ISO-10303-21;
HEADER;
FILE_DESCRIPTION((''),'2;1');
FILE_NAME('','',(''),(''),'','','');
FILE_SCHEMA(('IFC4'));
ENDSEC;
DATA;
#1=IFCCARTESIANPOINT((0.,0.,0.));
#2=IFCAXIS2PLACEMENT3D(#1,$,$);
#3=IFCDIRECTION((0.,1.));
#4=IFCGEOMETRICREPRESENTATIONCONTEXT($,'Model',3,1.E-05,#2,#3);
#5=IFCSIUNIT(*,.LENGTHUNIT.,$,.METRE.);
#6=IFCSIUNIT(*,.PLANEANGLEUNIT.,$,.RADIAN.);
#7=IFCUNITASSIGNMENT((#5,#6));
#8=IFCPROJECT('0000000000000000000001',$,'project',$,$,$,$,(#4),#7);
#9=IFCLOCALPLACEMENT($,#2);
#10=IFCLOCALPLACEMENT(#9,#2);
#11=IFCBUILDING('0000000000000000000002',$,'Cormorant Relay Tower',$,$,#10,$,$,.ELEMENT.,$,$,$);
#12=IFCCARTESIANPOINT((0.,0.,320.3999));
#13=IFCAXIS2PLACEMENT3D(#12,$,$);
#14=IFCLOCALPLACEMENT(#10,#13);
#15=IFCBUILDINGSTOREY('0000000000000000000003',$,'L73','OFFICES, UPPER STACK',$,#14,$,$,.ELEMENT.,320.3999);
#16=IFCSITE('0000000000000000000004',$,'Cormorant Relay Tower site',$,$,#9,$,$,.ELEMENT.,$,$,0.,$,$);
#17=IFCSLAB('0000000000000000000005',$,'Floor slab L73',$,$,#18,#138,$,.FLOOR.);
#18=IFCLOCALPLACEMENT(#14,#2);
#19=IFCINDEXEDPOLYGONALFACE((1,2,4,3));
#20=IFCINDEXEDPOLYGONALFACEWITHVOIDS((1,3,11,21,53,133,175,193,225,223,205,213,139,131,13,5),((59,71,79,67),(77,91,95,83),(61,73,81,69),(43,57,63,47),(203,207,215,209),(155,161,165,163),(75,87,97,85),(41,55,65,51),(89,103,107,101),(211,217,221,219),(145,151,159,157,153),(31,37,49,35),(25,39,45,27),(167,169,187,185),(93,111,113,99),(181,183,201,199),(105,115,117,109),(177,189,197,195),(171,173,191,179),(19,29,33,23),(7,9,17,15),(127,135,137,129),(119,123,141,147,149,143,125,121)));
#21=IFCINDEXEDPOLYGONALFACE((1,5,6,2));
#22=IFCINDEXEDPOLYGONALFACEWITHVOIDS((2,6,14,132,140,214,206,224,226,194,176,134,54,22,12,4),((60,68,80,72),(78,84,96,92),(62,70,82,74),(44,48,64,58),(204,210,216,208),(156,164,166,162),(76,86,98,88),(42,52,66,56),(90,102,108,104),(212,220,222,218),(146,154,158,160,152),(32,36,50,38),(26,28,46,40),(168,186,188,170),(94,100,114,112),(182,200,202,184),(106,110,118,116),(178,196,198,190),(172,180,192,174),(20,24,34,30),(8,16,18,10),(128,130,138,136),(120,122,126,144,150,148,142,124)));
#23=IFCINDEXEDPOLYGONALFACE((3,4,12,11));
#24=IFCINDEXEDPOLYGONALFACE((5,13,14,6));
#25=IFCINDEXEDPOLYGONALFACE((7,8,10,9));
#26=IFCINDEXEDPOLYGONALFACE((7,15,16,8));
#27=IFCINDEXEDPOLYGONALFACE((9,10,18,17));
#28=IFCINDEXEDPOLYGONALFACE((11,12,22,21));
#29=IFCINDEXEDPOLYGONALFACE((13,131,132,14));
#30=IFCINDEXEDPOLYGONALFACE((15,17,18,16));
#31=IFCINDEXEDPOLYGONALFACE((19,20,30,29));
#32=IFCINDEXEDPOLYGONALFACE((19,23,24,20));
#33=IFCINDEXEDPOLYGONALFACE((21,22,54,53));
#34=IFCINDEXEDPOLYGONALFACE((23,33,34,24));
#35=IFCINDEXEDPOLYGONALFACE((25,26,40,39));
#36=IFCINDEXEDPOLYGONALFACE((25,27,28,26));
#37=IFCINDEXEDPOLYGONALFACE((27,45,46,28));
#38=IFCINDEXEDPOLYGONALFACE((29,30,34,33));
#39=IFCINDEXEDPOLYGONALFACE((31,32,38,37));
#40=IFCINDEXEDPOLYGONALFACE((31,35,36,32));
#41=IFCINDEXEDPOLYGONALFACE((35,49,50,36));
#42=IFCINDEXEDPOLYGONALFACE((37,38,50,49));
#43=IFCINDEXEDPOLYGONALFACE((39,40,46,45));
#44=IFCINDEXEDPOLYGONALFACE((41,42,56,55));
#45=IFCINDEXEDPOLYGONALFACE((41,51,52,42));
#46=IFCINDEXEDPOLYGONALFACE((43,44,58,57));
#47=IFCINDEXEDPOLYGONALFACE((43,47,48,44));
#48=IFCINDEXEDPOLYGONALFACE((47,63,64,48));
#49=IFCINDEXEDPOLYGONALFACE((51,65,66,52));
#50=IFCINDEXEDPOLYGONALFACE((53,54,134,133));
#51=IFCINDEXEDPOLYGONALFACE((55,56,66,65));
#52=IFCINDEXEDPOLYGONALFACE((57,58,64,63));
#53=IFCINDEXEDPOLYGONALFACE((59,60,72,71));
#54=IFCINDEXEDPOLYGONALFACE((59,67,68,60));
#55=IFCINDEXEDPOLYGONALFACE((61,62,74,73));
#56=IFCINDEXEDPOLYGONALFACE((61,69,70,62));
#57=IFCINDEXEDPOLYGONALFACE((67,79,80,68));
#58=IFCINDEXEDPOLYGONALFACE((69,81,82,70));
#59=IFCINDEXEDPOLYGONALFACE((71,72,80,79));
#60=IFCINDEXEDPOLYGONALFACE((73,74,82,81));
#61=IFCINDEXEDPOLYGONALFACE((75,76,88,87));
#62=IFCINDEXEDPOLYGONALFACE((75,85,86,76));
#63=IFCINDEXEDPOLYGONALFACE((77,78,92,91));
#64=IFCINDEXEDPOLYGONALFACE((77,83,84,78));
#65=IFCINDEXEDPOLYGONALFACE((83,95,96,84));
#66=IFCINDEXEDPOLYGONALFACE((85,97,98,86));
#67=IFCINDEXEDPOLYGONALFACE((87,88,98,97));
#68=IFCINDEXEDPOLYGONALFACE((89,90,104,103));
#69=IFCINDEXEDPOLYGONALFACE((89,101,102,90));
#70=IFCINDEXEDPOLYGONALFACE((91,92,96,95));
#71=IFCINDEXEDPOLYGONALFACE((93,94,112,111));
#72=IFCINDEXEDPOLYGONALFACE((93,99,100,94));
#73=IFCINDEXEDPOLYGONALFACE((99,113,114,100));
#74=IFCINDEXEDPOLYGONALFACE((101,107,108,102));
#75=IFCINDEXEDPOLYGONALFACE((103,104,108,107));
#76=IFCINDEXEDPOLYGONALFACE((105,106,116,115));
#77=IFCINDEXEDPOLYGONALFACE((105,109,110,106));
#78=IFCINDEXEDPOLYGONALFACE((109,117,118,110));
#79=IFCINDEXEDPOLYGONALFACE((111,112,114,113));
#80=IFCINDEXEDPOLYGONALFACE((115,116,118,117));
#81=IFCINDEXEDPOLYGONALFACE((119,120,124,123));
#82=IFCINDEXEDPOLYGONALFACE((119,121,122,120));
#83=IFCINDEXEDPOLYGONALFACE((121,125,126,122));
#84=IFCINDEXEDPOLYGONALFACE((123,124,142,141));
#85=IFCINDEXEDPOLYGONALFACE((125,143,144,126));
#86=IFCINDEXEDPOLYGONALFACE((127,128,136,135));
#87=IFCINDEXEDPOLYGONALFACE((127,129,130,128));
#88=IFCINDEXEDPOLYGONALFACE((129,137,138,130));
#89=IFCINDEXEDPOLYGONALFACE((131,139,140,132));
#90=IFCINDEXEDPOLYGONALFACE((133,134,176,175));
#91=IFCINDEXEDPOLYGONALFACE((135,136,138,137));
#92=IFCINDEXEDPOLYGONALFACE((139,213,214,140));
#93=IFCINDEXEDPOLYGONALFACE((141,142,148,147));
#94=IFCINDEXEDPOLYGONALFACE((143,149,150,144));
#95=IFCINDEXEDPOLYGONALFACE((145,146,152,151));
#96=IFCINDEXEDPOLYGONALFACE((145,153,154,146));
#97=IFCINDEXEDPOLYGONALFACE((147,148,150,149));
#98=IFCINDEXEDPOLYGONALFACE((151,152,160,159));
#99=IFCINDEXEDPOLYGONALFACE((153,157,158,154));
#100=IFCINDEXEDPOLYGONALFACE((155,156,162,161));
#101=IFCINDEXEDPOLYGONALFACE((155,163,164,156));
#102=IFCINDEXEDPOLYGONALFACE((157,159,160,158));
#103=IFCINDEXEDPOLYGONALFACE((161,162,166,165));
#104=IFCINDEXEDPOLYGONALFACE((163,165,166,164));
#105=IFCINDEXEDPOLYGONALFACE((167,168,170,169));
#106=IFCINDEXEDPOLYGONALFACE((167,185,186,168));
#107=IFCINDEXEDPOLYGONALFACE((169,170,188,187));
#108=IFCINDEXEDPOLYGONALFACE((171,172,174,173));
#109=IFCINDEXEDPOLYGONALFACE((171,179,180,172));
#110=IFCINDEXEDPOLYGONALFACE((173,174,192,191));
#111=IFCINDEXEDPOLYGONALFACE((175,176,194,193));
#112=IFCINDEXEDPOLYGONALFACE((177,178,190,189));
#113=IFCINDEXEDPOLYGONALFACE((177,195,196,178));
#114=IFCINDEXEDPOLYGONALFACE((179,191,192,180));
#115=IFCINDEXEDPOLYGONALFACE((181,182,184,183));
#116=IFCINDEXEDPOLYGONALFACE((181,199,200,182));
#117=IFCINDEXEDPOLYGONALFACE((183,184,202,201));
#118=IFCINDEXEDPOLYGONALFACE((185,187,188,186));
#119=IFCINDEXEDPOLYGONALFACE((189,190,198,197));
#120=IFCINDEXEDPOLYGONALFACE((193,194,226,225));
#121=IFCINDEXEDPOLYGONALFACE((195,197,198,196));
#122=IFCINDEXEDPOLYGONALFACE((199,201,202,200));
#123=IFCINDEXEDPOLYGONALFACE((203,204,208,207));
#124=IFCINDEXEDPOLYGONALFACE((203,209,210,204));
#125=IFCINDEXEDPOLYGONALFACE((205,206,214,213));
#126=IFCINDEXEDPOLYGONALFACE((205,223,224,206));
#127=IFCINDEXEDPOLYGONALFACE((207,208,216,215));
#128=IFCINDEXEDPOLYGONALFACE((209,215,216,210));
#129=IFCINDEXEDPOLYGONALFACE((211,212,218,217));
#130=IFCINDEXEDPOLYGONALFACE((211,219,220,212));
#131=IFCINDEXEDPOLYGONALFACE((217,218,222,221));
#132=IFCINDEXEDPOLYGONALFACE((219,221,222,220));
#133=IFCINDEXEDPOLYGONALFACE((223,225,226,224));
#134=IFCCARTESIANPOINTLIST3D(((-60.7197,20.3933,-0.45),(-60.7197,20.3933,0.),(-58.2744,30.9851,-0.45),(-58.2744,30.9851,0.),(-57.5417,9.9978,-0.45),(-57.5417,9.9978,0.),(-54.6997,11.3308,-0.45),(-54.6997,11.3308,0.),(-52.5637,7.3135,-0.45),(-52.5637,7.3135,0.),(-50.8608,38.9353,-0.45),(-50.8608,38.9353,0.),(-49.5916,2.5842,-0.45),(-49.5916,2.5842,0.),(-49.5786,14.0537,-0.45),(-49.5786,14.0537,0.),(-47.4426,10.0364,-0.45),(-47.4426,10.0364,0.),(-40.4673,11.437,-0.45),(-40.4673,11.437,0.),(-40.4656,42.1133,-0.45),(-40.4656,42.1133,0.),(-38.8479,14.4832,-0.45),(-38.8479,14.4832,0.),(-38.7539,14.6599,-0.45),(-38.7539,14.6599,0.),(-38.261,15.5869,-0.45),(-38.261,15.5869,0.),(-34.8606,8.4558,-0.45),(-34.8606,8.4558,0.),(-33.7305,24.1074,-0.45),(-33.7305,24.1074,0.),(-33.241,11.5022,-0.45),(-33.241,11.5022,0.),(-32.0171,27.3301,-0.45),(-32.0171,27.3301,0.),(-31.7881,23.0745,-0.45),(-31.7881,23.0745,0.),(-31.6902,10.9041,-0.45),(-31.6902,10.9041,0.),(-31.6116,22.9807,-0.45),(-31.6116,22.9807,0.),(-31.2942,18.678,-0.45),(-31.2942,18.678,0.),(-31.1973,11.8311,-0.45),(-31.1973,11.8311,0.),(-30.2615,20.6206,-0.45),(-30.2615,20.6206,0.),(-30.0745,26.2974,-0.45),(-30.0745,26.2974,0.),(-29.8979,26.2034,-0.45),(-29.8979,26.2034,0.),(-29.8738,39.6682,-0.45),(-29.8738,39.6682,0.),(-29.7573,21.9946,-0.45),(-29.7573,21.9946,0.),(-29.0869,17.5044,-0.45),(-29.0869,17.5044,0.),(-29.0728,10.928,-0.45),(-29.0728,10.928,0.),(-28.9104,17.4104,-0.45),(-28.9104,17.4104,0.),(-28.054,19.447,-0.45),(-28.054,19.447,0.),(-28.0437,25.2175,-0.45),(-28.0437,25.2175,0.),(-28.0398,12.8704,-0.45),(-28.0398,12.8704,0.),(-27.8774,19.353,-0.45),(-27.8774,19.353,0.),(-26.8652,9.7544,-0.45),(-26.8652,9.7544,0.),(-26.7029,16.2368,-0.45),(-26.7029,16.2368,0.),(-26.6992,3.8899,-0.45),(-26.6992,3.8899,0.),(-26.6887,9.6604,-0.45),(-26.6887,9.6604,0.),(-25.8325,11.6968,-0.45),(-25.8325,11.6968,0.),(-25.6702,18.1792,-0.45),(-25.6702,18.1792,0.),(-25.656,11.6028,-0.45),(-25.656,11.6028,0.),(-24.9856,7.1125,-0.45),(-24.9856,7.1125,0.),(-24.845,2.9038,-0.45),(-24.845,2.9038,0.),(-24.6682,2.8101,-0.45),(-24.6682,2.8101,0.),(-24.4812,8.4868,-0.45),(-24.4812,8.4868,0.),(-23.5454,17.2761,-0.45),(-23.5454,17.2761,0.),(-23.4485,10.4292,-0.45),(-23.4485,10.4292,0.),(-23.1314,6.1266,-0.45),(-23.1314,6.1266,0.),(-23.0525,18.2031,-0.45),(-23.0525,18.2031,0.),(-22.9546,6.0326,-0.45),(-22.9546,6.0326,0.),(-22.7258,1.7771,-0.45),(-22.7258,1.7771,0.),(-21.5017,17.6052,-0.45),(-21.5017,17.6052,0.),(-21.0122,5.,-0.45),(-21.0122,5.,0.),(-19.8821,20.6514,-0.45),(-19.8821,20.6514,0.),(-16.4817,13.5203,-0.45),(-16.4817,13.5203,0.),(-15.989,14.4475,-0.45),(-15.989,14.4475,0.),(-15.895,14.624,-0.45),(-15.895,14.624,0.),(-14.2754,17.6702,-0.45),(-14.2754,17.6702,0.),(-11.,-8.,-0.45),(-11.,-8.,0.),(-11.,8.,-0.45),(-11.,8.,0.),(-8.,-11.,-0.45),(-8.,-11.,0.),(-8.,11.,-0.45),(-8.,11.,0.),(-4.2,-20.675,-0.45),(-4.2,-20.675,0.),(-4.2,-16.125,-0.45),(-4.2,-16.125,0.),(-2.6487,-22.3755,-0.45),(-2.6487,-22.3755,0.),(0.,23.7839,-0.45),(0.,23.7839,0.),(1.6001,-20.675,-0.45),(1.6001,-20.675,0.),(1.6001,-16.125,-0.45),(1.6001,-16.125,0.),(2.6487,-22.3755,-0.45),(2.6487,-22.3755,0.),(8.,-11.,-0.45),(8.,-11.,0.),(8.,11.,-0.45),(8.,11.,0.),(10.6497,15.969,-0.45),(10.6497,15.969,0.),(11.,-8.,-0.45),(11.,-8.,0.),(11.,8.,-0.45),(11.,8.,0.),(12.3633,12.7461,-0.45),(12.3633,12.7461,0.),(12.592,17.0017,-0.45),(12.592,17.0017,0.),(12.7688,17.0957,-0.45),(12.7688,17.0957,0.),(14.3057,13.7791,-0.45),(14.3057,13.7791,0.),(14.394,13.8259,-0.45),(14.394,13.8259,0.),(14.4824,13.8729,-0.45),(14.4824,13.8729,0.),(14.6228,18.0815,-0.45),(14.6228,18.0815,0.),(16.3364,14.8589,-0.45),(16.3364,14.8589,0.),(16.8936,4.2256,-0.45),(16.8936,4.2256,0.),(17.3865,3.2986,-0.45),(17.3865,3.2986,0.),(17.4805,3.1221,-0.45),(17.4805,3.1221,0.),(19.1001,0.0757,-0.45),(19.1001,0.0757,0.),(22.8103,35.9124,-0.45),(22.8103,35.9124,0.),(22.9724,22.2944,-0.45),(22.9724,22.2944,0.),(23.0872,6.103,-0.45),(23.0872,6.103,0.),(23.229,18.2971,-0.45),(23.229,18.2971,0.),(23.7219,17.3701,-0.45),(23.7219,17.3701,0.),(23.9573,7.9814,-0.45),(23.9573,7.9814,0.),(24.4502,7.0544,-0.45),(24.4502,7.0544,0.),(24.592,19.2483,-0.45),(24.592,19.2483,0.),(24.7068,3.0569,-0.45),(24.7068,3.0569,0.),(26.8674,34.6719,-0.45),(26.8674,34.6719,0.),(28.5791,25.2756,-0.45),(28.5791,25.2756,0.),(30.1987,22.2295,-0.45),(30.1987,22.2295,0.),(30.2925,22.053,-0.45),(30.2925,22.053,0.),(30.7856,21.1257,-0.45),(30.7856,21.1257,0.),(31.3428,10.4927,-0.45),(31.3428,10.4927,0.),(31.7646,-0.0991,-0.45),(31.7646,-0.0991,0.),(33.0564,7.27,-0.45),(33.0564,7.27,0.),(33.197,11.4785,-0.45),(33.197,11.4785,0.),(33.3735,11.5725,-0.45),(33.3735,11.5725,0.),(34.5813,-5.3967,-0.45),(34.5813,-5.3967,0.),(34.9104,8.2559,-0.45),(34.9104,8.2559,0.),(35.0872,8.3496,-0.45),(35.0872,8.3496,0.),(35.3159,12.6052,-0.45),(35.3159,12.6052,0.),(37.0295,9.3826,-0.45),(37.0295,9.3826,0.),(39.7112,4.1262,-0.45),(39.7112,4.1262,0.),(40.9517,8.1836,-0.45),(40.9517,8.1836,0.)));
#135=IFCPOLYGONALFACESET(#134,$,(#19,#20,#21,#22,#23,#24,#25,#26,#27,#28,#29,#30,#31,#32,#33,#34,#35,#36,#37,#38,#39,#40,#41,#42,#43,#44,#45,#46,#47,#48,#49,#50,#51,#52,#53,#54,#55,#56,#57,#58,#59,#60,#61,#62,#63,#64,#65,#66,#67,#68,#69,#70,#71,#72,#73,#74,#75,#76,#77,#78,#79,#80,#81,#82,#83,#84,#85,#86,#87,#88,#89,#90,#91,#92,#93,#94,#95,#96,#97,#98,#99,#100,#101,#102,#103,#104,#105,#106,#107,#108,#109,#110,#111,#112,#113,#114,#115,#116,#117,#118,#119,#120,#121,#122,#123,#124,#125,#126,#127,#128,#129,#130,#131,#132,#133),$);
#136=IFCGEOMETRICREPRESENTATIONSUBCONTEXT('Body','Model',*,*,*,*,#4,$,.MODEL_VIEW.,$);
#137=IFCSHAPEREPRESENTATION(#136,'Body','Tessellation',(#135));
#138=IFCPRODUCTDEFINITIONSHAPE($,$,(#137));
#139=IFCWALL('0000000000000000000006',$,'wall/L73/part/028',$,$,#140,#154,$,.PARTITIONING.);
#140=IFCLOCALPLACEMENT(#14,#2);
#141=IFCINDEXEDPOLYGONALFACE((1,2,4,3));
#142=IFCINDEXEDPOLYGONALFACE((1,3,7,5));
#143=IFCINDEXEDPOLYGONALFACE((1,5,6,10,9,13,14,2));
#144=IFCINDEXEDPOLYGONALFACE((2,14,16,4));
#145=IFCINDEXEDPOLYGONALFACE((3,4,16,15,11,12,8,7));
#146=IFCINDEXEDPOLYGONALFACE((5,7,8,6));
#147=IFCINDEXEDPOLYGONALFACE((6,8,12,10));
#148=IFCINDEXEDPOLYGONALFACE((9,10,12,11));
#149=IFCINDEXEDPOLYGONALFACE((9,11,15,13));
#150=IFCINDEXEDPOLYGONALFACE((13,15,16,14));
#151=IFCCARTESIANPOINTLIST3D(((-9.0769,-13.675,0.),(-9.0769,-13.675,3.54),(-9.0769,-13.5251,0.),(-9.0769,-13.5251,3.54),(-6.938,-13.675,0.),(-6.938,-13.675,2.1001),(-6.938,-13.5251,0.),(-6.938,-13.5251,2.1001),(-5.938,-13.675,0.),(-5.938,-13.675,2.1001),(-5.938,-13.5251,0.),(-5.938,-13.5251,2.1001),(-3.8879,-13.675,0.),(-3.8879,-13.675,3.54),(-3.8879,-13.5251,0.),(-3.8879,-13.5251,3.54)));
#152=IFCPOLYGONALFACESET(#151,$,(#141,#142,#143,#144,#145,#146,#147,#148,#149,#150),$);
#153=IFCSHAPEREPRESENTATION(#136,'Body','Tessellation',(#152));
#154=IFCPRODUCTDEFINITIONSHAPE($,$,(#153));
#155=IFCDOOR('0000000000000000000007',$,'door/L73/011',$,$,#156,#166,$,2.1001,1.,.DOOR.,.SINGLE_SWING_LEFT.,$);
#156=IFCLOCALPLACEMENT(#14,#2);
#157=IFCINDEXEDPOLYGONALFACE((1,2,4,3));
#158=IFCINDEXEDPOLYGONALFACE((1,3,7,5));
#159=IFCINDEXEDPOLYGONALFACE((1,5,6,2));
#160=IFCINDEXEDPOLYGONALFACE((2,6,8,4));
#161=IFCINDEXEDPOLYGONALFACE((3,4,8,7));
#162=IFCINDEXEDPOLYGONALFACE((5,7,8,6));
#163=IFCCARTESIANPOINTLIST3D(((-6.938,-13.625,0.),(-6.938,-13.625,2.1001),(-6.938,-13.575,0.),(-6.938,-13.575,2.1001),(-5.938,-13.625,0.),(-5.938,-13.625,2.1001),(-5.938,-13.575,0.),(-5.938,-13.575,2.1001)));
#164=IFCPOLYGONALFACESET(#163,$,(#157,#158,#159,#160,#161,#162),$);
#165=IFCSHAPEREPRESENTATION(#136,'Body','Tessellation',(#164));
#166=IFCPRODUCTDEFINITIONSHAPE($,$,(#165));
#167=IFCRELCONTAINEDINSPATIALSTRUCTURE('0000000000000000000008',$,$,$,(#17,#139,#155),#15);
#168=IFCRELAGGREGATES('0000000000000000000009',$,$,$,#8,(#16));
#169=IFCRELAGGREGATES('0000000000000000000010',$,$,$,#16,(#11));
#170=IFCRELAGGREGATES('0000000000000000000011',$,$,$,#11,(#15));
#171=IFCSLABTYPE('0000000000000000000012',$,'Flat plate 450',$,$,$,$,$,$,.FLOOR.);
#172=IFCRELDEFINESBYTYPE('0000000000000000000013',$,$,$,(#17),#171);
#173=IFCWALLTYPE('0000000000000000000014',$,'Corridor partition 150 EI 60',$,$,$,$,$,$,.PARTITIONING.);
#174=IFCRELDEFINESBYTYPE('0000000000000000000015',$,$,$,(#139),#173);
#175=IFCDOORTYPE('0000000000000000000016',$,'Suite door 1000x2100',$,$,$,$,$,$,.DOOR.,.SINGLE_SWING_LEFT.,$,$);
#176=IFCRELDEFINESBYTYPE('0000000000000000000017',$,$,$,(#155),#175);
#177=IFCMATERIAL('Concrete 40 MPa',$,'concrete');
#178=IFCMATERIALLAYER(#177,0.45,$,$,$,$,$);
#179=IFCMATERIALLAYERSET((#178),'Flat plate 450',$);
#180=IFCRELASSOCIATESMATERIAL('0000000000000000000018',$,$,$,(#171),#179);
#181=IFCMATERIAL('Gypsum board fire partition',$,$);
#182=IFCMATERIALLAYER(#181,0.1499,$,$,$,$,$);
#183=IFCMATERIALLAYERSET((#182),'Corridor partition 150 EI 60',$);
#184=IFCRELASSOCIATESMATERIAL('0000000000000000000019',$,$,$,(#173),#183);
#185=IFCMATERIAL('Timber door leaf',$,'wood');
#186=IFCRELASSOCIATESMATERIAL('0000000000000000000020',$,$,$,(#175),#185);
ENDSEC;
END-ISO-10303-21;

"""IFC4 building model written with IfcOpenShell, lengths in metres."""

from ifc_helpers import new_model, si_unit, direction, frame, frame_2d, origin, place, context, subcontext, project, spatial, polyline, rectangle, outline, extrude, material, layer, layer_set, type_object, element, fill, save


model = new_model("IFC4")

# Units and contexts
model_context = context("Model", 3, precision=1e-05, world=origin(), true_north=direction((0.0, 1.0)))
body_context = subcontext(model_context, "Body", "Model", "MODEL_VIEW")
ifc_project = project(units=[si_unit("LENGTHUNIT", "METRE"), si_unit("PLANEANGLEUNIT", "RADIAN")], contexts=[model_context])

# Site, building, storey
site_placement = place(None, origin())
site = spatial("IfcSite", under=ifc_project, at=site_placement, Name="Cormorant Relay Tower site", CompositionType="ELEMENT", RefElevation=0.0)
building_placement = place(site_placement, origin())
building = spatial("IfcBuilding", under=site, at=building_placement, Name="Cormorant Relay Tower", CompositionType="ELEMENT")
storey_placement = place(building_placement, frame((0.0, 0.0, 320.3999)))
storey = spatial("IfcBuildingStorey", under=building, at=storey_placement, Name="L73", Description="OFFICES, UPPER STACK", CompositionType="ELEMENT", Elevation=320.3999)

# Slab
ifc_material_1 = material(Name="Concrete 40 MPa", Category="concrete")
ifc_layer_1 = layer(ifc_material_1, 0.45)
ifc_layer_set_1 = layer_set([ifc_layer_1], Name="Flat plate 450")
slab_type_1 = type_object("IfcSlabType", Name="Flat plate 450", PredefinedType="FLOOR", material=ifc_layer_set_1)
slab_1_placement = place(storey_placement, frame((0.0, 0.0, -0.45)))
element("IfcSlab", 1, at=slab_1_placement, inside=storey, type_object=slab_type_1, Name="Floor slab L73", PredefinedType="FLOOR", context=body_context, shape_type="SweptSolid", body=[
    extrude(outline(polyline([(-60.7197, 20.3933), (-58.2744, 30.9851), (-50.8608, 38.9353), (-40.4656, 42.1133), (-29.8738, 39.6682), (0.0, 23.7839), (22.8103, 35.9124), (26.8674, 34.6719), (40.9517, 8.1836), (39.7112, 4.1262), (31.7646, -0.0991), (34.5813, -5.3967), (2.6487, -22.3755), (-2.6487, -22.3755), (-49.5916, 2.5842), (-57.5417, 9.9978), (-60.7197, 20.3933)]), holes=[polyline([(11.0, -8.0), (11.0, 8.0), (8.0, 11.0), (-8.0, 11.0), (-11.0, 8.0), (-11.0, -8.0), (-8.0, -11.0), (8.0, -11.0), (11.0, -8.0)]), polyline([(-22.9546, 6.0327), (-24.6682, 2.8101), (-22.7258, 1.7771), (-21.0122, 5.0), (-23.043, 6.0796), (-22.9546, 6.0327)]), polyline([(-24.9856, 7.1125), (-26.6992, 3.8899), (-24.845, 2.9038), (-23.1313, 6.1267), (-23.043, 6.0796), (-24.9856, 7.1125)]), polyline([(-24.4812, 8.4868), (-23.4485, 10.4292), (-25.656, 11.6028), (-26.6887, 9.6604), (-24.4812, 8.4868)]), polyline([(-49.5786, 14.0537), (-54.6997, 11.3308), (-52.5637, 7.3135), (-47.4426, 10.0364), (-49.5786, 14.0537)]), polyline([(-25.8325, 11.6968), (-28.0398, 12.8704), (-29.0728, 10.928), (-26.8652, 9.7544), (-25.8325, 11.6968)]), polyline([(-38.8479, 14.4832), (-40.4673, 11.437), (-34.8606, 8.4558), (-33.241, 11.5022), (-38.8479, 14.4832)]), polyline([(-38.261, 15.5869), (-38.7539, 14.6599), (-31.6902, 10.9041), (-31.1973, 11.8311), (-38.261, 15.5869)]), polyline([(-26.7029, 16.2368), (-25.6702, 18.1792), (-27.8774, 19.353), (-28.9104, 17.4104), (-26.7029, 16.2368)]), polyline([(-31.2942, 18.678), (-29.0869, 17.5044), (-28.054, 19.447), (-30.2615, 20.6206), (-31.2942, 18.678)]), polyline([(-31.6116, 22.9807), (-29.7573, 21.9946), (-28.0437, 25.2175), (-29.8979, 26.2034), (-31.6116, 22.9807)]), polyline([(-32.0171, 27.3301), (-33.7305, 24.1074), (-31.7881, 23.0745), (-30.0745, 26.2974), (-32.0171, 27.3301)]), polyline([(-4.2, -16.125), (-4.2, -20.675), (1.6001, -20.675), (1.6001, -16.125), (-4.2, -16.125)]), polyline([(17.4805, 3.1221), (19.1001, 0.0757), (24.7068, 3.0569), (23.0872, 6.103), (17.4805, 3.1221)]), polyline([(17.3865, 3.2986), (24.4502, 7.0544), (23.9573, 7.9814), (16.8936, 4.2256), (17.3865, 3.2986)]), polyline([(33.197, 11.4785), (31.3428, 10.4927), (33.0564, 7.27), (34.9104, 8.2559), (33.197, 11.4785)]), polyline([(33.3735, 11.5725), (35.0872, 8.3496), (37.0295, 9.3826), (35.3159, 12.6052), (33.3735, 11.5725)]), polyline([(14.3057, 13.7791), (12.592, 17.0017), (10.6497, 15.969), (12.3633, 12.7461), (14.394, 13.8259), (14.3057, 13.7791)]), polyline([(16.3364, 14.8589), (14.6228, 18.0815), (12.7688, 17.0957), (14.4824, 13.8728), (14.394, 13.8259), (16.3364, 14.8589)]), polyline([(-16.4817, 13.5203), (-15.989, 14.4475), (-23.0525, 18.2031), (-23.5454, 17.2761), (-16.4817, 13.5203)]), polyline([(-15.895, 14.624), (-14.2754, 17.6702), (-19.8821, 20.6514), (-21.5017, 17.6052), (-15.895, 14.624)]), polyline([(30.7856, 21.1257), (30.2925, 22.053), (23.229, 18.2971), (23.7219, 17.3701), (30.7856, 21.1257)]), polyline([(24.592, 19.2483), (30.1987, 22.2295), (28.5791, 25.2756), (22.9724, 22.2944), (24.592, 19.2483)])]), origin(), (0.0, 0.0, 1.0), 0.45),
])

# Wall, opening, door
ifc_material_2 = material(Name="Gypsum board fire partition")
ifc_layer_2 = layer(ifc_material_2, 0.1499)
ifc_layer_set_2 = layer_set([ifc_layer_2], Name="Corridor partition 150 EI 60")
wall_type_1 = type_object("IfcWallType", Name="Corridor partition 150 EI 60", PredefinedType="PARTITIONING", material=ifc_layer_set_2)
wall_1_placement = place(storey_placement, frame((-3.8879, -13.6001, 0.0), z_axis=(0.0, 0.0, 1.0), x_axis=(-1.0, 0.0, 0.0)))
wall_1 = element("IfcWall", 2, at=wall_1_placement, inside=storey, type_object=wall_type_1, Name="wall/L73/part/028", PredefinedType="PARTITIONING", context=body_context, shape_type="SweptSolid", body=[
    extrude(rectangle(XDim=5.189, YDim=0.1499, at=frame_2d((2.5945, 0.0))), origin(), (0.0, 0.0, 1.0), 3.54),
])
opening_1_placement = place(wall_1_placement, frame((2.05, 0.0, 0.0)))
opening_1 = element("IfcOpeningElement", 3, at=opening_1_placement, cuts=wall_1, PredefinedType="OPENING", context=body_context, shape_type="SweptSolid", body=[
    extrude(rectangle(XDim=1.0, YDim=2.1001, at=frame_2d((0.5, 1.05))), frame((0.0, 0.085, 0.0), z_axis=(0.0, -1.0, 0.0), x_axis=(1.0, 0.0, 0.0)), (0.0, 0.0, 1.0), 0.1699),
])
ifc_material_3 = material(Name="Timber door leaf", Category="wood")
door_type_1 = type_object("IfcDoorType", Name="Suite door 1000x2100", OperationType="SINGLE_SWING_LEFT", PredefinedType="DOOR", material=ifc_material_3)
door_1_placement = place(opening_1_placement, origin())
door_1 = element("IfcDoor", 4, at=door_1_placement, inside=storey, type_object=door_type_1, Name="door/L73/011", OperationType="SINGLE_SWING_LEFT", OverallHeight=2.1001, OverallWidth=1.0, PredefinedType="DOOR", context=body_context, shape_type="SweptSolid", body=[
    extrude(rectangle(XDim=1.0, YDim=2.1001, at=frame_2d((0.5, 1.05))), frame((0.0, 0.0249, 0.0), z_axis=(0.0, -1.0, 0.0), x_axis=(1.0, 0.0, 0.0)), (0.0, 0.0, 1.0), 0.05),
])
fill(opening_1, door_1)

save(model, "model.ifc")
